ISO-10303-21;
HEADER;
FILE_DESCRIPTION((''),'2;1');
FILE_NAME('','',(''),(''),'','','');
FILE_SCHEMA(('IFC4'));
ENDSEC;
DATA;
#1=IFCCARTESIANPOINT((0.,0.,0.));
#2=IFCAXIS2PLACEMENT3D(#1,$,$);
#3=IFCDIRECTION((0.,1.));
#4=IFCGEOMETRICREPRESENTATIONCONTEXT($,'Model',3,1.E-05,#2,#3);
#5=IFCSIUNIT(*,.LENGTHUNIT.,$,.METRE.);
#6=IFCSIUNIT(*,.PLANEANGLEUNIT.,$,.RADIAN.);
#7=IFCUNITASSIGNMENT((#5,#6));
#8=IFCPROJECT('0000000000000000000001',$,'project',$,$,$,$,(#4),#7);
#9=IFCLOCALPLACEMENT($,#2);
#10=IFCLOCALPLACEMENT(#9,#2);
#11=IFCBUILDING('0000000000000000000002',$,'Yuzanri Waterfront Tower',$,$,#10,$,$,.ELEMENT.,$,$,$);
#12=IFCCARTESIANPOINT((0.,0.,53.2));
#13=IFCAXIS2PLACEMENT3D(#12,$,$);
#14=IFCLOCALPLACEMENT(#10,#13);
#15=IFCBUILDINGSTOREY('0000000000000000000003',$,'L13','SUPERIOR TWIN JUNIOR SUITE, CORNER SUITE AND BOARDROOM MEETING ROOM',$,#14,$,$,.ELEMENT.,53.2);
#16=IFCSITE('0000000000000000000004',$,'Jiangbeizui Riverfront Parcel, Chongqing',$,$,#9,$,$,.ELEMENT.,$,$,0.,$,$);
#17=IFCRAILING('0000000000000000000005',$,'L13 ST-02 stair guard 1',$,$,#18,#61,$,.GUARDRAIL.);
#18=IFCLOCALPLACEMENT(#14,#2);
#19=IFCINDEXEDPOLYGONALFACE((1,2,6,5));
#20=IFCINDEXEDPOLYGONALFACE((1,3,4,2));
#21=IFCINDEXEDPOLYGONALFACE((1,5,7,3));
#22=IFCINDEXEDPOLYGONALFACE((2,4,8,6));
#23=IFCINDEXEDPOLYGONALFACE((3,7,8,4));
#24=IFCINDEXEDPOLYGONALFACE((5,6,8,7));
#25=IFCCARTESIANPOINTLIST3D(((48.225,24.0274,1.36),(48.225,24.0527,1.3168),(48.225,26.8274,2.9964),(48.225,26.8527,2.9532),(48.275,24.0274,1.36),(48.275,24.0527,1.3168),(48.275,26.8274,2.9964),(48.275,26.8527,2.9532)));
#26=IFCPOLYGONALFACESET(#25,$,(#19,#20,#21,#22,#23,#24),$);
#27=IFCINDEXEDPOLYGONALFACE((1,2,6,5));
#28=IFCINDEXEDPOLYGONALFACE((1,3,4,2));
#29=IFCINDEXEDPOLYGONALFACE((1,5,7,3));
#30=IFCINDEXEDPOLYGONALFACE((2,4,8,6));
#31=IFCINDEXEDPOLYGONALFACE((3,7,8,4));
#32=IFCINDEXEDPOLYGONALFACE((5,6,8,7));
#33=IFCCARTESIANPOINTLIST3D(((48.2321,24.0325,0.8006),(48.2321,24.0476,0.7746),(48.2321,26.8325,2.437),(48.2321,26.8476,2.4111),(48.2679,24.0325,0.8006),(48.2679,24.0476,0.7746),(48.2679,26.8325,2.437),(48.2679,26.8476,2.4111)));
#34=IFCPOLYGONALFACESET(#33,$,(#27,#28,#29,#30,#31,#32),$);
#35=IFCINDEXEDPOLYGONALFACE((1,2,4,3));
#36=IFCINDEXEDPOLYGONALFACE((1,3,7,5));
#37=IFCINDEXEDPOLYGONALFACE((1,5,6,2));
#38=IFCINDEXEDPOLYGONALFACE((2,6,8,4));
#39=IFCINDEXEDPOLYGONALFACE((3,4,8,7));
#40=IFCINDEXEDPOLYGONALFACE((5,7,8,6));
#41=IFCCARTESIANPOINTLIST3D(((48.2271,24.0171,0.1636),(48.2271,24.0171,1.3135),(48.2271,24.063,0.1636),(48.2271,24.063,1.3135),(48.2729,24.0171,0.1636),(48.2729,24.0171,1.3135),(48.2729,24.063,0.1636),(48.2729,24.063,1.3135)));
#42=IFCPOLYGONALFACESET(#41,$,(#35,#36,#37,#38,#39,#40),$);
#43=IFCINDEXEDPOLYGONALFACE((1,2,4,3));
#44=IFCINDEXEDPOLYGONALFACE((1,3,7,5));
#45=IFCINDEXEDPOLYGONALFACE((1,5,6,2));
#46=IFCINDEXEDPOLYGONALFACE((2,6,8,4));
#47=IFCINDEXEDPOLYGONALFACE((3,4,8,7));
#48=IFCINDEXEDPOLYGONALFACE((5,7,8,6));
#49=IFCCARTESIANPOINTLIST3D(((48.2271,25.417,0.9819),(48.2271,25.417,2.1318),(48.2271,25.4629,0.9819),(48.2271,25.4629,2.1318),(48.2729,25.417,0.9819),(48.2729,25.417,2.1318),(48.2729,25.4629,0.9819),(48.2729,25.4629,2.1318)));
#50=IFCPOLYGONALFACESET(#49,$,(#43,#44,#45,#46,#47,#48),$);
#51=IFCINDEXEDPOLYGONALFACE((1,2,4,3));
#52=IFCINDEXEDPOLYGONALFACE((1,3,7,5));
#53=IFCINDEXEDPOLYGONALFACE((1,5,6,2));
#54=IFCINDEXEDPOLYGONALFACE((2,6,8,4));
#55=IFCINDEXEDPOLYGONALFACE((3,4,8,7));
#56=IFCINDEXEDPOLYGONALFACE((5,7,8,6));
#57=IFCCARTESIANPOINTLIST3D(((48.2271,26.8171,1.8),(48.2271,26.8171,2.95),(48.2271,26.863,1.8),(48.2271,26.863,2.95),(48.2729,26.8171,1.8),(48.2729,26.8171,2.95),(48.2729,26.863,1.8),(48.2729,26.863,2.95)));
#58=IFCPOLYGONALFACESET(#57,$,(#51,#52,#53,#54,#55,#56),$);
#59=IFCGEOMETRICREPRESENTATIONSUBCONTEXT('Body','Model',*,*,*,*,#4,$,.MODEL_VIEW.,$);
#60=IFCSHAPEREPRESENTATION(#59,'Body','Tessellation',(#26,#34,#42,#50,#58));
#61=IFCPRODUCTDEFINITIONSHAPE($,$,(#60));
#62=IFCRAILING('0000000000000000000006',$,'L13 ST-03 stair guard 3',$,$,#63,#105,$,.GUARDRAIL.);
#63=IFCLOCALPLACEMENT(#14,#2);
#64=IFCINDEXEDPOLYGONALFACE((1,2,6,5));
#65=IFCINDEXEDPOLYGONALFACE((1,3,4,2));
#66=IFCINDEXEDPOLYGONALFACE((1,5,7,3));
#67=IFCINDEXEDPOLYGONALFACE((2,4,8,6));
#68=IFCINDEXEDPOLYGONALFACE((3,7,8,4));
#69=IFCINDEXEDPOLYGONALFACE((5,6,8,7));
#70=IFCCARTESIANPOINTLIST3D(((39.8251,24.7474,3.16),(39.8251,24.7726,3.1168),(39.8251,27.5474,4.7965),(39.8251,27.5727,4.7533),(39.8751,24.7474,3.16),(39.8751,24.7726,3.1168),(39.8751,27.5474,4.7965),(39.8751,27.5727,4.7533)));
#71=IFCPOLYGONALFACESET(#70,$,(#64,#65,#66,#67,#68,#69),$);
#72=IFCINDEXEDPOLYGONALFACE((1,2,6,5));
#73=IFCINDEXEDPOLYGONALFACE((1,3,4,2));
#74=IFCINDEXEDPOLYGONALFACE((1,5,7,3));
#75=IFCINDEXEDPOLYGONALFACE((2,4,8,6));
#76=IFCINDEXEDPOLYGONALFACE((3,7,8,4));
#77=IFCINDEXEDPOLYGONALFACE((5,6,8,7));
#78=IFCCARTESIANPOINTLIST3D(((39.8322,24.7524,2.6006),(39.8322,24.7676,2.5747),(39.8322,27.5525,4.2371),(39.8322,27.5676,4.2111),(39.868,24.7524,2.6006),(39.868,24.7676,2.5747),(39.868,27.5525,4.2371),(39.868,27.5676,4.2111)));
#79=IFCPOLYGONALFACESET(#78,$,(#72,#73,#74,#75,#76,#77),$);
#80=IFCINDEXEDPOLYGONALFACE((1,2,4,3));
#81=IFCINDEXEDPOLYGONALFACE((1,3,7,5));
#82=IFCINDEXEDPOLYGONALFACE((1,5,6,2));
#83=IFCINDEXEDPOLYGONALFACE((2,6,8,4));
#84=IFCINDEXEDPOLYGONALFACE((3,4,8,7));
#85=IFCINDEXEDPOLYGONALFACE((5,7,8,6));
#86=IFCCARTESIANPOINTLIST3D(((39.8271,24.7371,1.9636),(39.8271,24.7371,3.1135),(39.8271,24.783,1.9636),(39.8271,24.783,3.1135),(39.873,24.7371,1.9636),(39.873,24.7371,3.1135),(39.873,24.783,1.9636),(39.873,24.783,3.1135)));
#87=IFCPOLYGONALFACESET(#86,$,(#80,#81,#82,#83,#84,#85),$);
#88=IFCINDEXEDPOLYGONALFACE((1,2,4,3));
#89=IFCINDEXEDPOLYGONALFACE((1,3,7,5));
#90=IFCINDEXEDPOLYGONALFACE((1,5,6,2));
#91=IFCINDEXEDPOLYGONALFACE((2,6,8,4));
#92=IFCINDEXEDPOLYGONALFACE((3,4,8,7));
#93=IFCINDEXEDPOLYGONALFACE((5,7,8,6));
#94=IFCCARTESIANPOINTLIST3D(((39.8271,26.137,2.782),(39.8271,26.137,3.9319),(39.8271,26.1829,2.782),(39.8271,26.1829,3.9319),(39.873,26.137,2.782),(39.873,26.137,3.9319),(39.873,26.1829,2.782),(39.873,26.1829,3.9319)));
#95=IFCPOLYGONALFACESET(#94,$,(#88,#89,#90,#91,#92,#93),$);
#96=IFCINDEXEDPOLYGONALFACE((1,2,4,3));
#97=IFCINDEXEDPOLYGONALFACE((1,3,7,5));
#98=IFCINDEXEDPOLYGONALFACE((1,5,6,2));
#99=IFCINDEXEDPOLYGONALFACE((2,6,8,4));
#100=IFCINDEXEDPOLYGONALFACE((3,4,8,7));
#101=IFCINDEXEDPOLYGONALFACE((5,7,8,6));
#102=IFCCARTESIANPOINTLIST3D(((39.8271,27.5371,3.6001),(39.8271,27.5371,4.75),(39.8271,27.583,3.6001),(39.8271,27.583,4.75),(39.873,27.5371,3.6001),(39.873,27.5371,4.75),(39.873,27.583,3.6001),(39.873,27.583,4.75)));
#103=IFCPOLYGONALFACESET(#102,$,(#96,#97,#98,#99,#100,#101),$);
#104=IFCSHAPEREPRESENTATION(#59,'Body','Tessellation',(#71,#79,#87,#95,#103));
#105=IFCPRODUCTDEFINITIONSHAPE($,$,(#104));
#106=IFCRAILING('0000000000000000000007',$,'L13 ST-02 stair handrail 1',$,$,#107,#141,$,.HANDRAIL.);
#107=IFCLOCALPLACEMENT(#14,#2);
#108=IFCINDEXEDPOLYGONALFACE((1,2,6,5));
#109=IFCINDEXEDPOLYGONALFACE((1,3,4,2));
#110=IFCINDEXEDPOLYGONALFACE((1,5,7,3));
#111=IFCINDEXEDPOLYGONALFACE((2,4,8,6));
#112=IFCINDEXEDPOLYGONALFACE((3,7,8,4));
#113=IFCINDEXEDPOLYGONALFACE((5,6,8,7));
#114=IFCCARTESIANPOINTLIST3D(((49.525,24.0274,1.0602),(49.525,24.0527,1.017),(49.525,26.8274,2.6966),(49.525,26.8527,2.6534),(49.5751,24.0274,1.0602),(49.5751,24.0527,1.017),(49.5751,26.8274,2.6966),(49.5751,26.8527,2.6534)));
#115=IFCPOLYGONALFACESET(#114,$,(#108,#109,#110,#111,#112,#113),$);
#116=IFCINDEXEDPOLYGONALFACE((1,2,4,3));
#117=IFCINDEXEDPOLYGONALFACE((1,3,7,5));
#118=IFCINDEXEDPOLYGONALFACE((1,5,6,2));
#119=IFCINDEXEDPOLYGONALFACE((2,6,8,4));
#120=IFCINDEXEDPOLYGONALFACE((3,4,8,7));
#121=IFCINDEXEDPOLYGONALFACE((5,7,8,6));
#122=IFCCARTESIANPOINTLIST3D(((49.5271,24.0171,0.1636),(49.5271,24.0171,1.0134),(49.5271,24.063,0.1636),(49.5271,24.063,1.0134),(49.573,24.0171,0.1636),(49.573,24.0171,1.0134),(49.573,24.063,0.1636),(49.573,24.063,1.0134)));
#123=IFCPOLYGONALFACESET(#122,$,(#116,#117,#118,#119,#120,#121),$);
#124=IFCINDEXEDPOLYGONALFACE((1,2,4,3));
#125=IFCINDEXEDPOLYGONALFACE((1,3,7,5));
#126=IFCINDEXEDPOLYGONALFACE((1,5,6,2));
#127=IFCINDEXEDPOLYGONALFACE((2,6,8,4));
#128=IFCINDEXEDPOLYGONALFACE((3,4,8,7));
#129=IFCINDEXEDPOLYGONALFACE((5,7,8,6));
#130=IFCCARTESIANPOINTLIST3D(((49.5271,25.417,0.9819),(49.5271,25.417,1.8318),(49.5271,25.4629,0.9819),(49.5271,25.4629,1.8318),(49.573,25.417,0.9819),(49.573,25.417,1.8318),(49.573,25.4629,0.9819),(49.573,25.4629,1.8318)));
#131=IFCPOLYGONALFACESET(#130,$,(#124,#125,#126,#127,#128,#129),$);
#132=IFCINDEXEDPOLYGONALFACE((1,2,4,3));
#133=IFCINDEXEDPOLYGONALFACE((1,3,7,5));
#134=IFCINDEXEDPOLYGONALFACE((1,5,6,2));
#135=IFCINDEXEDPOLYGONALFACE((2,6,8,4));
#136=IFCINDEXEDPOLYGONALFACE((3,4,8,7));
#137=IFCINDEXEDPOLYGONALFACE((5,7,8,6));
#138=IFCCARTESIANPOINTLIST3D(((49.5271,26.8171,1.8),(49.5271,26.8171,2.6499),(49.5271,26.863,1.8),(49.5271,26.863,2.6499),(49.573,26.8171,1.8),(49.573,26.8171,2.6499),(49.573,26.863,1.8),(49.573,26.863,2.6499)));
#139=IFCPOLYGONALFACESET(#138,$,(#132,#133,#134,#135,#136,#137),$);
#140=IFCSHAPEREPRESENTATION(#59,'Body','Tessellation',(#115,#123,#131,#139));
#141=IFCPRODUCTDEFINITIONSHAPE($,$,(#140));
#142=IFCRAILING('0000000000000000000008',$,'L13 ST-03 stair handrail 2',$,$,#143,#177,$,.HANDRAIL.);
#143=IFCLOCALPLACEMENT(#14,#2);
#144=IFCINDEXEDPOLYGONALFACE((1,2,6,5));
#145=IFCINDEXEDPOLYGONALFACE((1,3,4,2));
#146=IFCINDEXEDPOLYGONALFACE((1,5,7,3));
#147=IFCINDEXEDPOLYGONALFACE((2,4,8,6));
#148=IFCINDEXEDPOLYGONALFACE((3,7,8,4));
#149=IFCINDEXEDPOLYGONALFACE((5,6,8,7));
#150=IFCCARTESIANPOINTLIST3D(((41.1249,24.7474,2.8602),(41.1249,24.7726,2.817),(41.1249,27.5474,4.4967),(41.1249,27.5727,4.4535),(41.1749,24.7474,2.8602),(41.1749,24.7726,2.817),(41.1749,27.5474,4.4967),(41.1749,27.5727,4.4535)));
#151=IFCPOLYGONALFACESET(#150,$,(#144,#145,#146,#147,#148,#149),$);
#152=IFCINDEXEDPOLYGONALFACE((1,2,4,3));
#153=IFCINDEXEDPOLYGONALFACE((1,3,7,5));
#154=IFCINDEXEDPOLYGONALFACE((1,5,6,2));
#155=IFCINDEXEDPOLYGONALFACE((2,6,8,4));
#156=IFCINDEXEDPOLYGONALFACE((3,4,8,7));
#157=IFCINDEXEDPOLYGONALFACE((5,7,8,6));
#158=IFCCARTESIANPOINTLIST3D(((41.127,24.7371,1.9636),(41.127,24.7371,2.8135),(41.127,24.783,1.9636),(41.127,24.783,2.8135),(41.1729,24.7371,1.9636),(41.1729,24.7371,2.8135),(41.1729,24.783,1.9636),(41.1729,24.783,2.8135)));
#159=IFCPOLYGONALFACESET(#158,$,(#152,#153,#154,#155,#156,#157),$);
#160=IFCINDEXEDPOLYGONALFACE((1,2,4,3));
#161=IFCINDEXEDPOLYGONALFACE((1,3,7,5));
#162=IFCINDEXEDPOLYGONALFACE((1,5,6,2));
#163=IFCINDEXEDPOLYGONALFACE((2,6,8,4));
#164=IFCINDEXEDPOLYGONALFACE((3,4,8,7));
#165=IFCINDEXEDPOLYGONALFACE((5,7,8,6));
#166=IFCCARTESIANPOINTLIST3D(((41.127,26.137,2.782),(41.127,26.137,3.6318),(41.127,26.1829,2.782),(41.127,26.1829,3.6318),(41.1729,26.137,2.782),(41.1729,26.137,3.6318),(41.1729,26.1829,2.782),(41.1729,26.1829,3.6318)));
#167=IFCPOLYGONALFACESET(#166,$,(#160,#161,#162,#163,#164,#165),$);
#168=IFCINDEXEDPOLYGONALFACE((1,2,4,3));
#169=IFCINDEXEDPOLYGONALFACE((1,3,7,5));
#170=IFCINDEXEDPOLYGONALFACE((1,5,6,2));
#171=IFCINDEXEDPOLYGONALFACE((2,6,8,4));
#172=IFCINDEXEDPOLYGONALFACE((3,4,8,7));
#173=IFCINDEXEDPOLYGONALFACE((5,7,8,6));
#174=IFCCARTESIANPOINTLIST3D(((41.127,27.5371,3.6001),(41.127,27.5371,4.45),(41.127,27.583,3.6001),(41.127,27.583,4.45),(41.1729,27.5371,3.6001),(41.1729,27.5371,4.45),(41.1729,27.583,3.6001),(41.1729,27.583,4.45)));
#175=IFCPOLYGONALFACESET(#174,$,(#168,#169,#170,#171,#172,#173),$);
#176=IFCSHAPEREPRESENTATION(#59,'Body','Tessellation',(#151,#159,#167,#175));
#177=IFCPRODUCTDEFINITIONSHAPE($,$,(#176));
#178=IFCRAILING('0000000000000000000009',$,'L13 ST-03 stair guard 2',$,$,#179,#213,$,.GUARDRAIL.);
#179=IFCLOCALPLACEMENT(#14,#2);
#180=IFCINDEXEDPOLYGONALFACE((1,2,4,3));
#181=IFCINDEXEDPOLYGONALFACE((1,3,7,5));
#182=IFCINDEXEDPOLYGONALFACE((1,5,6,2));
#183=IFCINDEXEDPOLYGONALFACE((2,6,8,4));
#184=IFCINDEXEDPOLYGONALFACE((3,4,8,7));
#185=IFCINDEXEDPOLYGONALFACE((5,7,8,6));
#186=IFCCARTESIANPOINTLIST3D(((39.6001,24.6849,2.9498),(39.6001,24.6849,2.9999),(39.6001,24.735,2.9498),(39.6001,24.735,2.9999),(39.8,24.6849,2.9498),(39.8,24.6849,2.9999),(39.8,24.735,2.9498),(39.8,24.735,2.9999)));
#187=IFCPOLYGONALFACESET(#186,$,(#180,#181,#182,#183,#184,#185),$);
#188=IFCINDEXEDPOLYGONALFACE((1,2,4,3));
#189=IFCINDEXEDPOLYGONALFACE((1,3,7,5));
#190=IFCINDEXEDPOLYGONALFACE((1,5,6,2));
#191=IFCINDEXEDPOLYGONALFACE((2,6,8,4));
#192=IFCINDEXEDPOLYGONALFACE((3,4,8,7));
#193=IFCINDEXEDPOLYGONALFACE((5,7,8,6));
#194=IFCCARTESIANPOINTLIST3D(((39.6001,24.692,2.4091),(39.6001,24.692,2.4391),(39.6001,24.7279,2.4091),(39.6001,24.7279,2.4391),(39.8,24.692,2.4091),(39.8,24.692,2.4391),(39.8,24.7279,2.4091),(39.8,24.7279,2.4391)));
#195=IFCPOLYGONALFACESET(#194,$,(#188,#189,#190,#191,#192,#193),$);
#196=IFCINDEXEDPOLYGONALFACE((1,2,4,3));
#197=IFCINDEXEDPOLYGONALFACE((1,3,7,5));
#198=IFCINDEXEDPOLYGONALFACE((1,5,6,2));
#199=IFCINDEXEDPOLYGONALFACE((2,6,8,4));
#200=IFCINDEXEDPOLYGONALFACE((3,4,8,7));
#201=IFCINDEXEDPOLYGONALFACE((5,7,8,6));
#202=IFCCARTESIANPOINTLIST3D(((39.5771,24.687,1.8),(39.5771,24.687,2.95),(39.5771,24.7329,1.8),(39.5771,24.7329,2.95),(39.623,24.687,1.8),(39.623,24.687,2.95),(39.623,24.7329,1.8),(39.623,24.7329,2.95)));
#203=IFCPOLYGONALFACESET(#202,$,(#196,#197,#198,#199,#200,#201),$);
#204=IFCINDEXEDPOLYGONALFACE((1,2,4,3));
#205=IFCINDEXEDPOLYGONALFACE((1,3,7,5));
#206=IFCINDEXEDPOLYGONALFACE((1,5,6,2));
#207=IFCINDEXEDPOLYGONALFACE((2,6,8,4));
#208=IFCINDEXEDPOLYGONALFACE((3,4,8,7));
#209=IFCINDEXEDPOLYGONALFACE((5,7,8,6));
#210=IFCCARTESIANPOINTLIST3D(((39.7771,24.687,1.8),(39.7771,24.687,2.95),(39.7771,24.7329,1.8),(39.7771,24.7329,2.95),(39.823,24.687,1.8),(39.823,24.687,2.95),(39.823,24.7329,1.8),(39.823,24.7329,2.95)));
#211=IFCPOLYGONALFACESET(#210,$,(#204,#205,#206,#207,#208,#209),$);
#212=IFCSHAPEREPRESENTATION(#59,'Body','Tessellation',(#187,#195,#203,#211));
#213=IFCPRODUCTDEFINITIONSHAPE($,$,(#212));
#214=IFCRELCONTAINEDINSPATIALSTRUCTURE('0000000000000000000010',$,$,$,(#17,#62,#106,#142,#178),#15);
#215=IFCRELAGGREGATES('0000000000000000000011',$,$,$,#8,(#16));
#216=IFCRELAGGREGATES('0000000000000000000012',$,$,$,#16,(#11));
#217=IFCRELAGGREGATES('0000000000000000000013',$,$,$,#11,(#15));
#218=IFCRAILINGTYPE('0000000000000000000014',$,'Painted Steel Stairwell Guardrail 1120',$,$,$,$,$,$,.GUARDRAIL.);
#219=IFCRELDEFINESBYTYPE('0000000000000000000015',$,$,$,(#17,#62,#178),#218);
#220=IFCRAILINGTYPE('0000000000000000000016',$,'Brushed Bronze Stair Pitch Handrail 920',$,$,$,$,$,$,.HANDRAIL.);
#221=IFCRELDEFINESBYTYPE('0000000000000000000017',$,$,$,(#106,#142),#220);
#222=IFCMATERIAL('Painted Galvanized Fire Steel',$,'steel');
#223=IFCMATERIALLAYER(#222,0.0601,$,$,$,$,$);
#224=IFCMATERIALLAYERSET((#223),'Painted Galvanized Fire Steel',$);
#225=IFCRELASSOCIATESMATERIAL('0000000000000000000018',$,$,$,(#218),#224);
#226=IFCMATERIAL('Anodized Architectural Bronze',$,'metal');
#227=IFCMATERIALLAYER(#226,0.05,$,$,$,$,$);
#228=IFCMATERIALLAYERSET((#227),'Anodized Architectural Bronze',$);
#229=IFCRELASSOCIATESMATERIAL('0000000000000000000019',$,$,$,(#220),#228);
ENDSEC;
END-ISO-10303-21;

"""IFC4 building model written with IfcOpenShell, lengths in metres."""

from ifc_helpers import new_model, si_unit, direction, frame, origin, origin_2d, place, context, subcontext, project, spatial, rectangle, extrude, source, transform, mapped, material, layer, layer_set, type_object, element, save


model = new_model("IFC4")

# Units and contexts
model_context = context("Model", 3, precision=1e-05, world=origin(), true_north=direction((0.0, 1.0)))
body_context = subcontext(model_context, "Body", "Model", "MODEL_VIEW")
ifc_project = project(units=[si_unit("LENGTHUNIT", "METRE"), si_unit("PLANEANGLEUNIT", "RADIAN")], contexts=[model_context])

# Site, building, storey
site_placement = place(None, origin())
site = spatial("IfcSite", under=ifc_project, at=site_placement, Name="Jiangbeizui Riverfront Parcel, Chongqing", CompositionType="ELEMENT", RefElevation=0.0)
building_placement = place(site_placement, origin())
building = spatial("IfcBuilding", under=site, at=building_placement, Name="Yuzanri Waterfront Tower", CompositionType="ELEMENT")
storey_placement = place(building_placement, frame((0.0, 0.0, 53.2)))
storey = spatial("IfcBuildingStorey", under=building, at=storey_placement, Name="L13", Description="SUPERIOR TWIN JUNIOR SUITE, CORNER SUITE AND BOARDROOM MEETING ROOM", CompositionType="ELEMENT", Elevation=53.2)

# Railings
ifc_material_1 = material(Name="Painted Galvanized Fire Steel", Category="steel")
ifc_layer_1 = layer(ifc_material_1, 0.0601)
ifc_layer_set_1 = layer_set([ifc_layer_1], Name="Painted Galvanized Fire Steel")
railing_type_1 = type_object("IfcRailingType", Name="Painted Steel Stairwell Guardrail 1120", PredefinedType="GUARDRAIL", material=ifc_layer_set_1)
shared_shape_1 = source(origin(), body_context, "Body", "SweptSolid", [
    extrude(rectangle(XDim=0.05, YDim=0.05, at=origin_2d()), frame((0.0, 0.0, 1.1748), z_axis=(0.0, 0.863361, 0.504587), x_axis=(-1.0, 0.0, 0.0)), (0.0, 0.0, 1.0), 3.2432),
    extrude(rectangle(XDim=0.0359, YDim=0.03, at=origin_2d()), frame((0.0, 0.0, 0.624), z_axis=(0.0, 0.863361, 0.504587), x_axis=(-1.0, 0.0, 0.0)), (0.0, 0.0, 1.0), 3.2432),
    extrude(rectangle(XDim=0.0459, YDim=0.0459, at=origin_2d()), origin(), (0.0, 0.0, 1.0), 1.1499),
    extrude(rectangle(XDim=0.0459, YDim=0.0459, at=origin_2d()), frame((0.0, 1.3999, 0.8184)), (0.0, 0.0, 1.0), 1.1499),
    extrude(rectangle(XDim=0.0459, YDim=0.0459, at=origin_2d()), frame((0.0, 2.8, 1.6365)), (0.0, 0.0, 1.0), 1.1499),
])
for number, where, name in (
    (1, (48.25, 24.04, 0.1636), "L13 ST-02 stair guard 1"),
    (2, (39.8501, 24.76, 1.9636), "L13 ST-03 stair guard 3"),
):
    element("IfcRailing", number, at=place(storey_placement, frame(where)), inside=storey, type_object=railing_type_1, Name=name, PredefinedType="GUARDRAIL", context=body_context, shape_type="MappedRepresentation", body=[
        mapped(shared_shape_1, transform((0.0, 0.0, 0.0), scale=1.0)),
    ])
ifc_material_2 = material(Name="Anodized Architectural Bronze", Category="metal")
ifc_layer_2 = layer(ifc_material_2, 0.05)
ifc_layer_set_2 = layer_set([ifc_layer_2], Name="Anodized Architectural Bronze")
railing_type_2 = type_object("IfcRailingType", Name="Brushed Bronze Stair Pitch Handrail 920", PredefinedType="HANDRAIL", material=ifc_layer_set_2)
shared_shape_2 = source(origin(), body_context, "Body", "SweptSolid", [
    extrude(rectangle(XDim=0.05, YDim=0.05, at=origin_2d()), frame((0.0, 0.0, 0.875), z_axis=(0.0, 0.863361, 0.504587), x_axis=(-1.0, 0.0, 0.0)), (0.0, 0.0, 1.0), 3.2432),
    extrude(rectangle(XDim=0.0459, YDim=0.0459, at=origin_2d()), origin(), (0.0, 0.0, 1.0), 0.8499),
    extrude(rectangle(XDim=0.0459, YDim=0.0459, at=origin_2d()), frame((0.0, 1.3999, 0.8184)), (0.0, 0.0, 1.0), 0.8499),
    extrude(rectangle(XDim=0.0459, YDim=0.0459, at=origin_2d()), frame((0.0, 2.8, 1.6365)), (0.0, 0.0, 1.0), 0.8499),
])
for number, where, name in (
    (3, (49.55, 24.04, 0.1636), "L13 ST-02 stair handrail 1"),
    (4, (41.1499, 24.76, 1.9636), "L13 ST-03 stair handrail 2"),
):
    element("IfcRailing", number, at=place(storey_placement, frame(where)), inside=storey, type_object=railing_type_2, Name=name, PredefinedType="HANDRAIL", context=body_context, shape_type="MappedRepresentation", body=[
        mapped(shared_shape_2, transform((0.0, 0.0, 0.0), scale=1.0)),
    ])
shared_shape_3 = source(origin(), body_context, "Body", "SweptSolid", [
    extrude(rectangle(XDim=0.05, YDim=0.05, at=origin_2d()), frame((0.0, 0.0, 1.1748), z_axis=(1.0, 0.0, 0.0), x_axis=(0.0, 1.0, 0.0)), (0.0, 0.0, 1.0), 0.2),
    extrude(rectangle(XDim=0.0359, YDim=0.03, at=origin_2d()), frame((0.0, 0.0, 0.624), z_axis=(1.0, 0.0, 0.0), x_axis=(0.0, 1.0, 0.0)), (0.0, 0.0, 1.0), 0.2),
    extrude(rectangle(XDim=0.0459, YDim=0.0459, at=origin_2d()), origin(), (0.0, 0.0, 1.0), 1.1499),
    extrude(rectangle(XDim=0.0459, YDim=0.0459, at=origin_2d()), frame((0.2, 0.0, 0.0)), (0.0, 0.0, 1.0), 1.1499),
])
railing_1_placement = place(storey_placement, frame((39.6001, 24.71, 1.8)))
element("IfcRailing", 5, at=railing_1_placement, inside=storey, type_object=railing_type_1, Name="L13 ST-03 stair guard 2", PredefinedType="GUARDRAIL", context=body_context, shape_type="MappedRepresentation", body=[
    mapped(shared_shape_3, transform((0.0, 0.0, 0.0), scale=1.0)),
])

save(model, "model.ifc")
